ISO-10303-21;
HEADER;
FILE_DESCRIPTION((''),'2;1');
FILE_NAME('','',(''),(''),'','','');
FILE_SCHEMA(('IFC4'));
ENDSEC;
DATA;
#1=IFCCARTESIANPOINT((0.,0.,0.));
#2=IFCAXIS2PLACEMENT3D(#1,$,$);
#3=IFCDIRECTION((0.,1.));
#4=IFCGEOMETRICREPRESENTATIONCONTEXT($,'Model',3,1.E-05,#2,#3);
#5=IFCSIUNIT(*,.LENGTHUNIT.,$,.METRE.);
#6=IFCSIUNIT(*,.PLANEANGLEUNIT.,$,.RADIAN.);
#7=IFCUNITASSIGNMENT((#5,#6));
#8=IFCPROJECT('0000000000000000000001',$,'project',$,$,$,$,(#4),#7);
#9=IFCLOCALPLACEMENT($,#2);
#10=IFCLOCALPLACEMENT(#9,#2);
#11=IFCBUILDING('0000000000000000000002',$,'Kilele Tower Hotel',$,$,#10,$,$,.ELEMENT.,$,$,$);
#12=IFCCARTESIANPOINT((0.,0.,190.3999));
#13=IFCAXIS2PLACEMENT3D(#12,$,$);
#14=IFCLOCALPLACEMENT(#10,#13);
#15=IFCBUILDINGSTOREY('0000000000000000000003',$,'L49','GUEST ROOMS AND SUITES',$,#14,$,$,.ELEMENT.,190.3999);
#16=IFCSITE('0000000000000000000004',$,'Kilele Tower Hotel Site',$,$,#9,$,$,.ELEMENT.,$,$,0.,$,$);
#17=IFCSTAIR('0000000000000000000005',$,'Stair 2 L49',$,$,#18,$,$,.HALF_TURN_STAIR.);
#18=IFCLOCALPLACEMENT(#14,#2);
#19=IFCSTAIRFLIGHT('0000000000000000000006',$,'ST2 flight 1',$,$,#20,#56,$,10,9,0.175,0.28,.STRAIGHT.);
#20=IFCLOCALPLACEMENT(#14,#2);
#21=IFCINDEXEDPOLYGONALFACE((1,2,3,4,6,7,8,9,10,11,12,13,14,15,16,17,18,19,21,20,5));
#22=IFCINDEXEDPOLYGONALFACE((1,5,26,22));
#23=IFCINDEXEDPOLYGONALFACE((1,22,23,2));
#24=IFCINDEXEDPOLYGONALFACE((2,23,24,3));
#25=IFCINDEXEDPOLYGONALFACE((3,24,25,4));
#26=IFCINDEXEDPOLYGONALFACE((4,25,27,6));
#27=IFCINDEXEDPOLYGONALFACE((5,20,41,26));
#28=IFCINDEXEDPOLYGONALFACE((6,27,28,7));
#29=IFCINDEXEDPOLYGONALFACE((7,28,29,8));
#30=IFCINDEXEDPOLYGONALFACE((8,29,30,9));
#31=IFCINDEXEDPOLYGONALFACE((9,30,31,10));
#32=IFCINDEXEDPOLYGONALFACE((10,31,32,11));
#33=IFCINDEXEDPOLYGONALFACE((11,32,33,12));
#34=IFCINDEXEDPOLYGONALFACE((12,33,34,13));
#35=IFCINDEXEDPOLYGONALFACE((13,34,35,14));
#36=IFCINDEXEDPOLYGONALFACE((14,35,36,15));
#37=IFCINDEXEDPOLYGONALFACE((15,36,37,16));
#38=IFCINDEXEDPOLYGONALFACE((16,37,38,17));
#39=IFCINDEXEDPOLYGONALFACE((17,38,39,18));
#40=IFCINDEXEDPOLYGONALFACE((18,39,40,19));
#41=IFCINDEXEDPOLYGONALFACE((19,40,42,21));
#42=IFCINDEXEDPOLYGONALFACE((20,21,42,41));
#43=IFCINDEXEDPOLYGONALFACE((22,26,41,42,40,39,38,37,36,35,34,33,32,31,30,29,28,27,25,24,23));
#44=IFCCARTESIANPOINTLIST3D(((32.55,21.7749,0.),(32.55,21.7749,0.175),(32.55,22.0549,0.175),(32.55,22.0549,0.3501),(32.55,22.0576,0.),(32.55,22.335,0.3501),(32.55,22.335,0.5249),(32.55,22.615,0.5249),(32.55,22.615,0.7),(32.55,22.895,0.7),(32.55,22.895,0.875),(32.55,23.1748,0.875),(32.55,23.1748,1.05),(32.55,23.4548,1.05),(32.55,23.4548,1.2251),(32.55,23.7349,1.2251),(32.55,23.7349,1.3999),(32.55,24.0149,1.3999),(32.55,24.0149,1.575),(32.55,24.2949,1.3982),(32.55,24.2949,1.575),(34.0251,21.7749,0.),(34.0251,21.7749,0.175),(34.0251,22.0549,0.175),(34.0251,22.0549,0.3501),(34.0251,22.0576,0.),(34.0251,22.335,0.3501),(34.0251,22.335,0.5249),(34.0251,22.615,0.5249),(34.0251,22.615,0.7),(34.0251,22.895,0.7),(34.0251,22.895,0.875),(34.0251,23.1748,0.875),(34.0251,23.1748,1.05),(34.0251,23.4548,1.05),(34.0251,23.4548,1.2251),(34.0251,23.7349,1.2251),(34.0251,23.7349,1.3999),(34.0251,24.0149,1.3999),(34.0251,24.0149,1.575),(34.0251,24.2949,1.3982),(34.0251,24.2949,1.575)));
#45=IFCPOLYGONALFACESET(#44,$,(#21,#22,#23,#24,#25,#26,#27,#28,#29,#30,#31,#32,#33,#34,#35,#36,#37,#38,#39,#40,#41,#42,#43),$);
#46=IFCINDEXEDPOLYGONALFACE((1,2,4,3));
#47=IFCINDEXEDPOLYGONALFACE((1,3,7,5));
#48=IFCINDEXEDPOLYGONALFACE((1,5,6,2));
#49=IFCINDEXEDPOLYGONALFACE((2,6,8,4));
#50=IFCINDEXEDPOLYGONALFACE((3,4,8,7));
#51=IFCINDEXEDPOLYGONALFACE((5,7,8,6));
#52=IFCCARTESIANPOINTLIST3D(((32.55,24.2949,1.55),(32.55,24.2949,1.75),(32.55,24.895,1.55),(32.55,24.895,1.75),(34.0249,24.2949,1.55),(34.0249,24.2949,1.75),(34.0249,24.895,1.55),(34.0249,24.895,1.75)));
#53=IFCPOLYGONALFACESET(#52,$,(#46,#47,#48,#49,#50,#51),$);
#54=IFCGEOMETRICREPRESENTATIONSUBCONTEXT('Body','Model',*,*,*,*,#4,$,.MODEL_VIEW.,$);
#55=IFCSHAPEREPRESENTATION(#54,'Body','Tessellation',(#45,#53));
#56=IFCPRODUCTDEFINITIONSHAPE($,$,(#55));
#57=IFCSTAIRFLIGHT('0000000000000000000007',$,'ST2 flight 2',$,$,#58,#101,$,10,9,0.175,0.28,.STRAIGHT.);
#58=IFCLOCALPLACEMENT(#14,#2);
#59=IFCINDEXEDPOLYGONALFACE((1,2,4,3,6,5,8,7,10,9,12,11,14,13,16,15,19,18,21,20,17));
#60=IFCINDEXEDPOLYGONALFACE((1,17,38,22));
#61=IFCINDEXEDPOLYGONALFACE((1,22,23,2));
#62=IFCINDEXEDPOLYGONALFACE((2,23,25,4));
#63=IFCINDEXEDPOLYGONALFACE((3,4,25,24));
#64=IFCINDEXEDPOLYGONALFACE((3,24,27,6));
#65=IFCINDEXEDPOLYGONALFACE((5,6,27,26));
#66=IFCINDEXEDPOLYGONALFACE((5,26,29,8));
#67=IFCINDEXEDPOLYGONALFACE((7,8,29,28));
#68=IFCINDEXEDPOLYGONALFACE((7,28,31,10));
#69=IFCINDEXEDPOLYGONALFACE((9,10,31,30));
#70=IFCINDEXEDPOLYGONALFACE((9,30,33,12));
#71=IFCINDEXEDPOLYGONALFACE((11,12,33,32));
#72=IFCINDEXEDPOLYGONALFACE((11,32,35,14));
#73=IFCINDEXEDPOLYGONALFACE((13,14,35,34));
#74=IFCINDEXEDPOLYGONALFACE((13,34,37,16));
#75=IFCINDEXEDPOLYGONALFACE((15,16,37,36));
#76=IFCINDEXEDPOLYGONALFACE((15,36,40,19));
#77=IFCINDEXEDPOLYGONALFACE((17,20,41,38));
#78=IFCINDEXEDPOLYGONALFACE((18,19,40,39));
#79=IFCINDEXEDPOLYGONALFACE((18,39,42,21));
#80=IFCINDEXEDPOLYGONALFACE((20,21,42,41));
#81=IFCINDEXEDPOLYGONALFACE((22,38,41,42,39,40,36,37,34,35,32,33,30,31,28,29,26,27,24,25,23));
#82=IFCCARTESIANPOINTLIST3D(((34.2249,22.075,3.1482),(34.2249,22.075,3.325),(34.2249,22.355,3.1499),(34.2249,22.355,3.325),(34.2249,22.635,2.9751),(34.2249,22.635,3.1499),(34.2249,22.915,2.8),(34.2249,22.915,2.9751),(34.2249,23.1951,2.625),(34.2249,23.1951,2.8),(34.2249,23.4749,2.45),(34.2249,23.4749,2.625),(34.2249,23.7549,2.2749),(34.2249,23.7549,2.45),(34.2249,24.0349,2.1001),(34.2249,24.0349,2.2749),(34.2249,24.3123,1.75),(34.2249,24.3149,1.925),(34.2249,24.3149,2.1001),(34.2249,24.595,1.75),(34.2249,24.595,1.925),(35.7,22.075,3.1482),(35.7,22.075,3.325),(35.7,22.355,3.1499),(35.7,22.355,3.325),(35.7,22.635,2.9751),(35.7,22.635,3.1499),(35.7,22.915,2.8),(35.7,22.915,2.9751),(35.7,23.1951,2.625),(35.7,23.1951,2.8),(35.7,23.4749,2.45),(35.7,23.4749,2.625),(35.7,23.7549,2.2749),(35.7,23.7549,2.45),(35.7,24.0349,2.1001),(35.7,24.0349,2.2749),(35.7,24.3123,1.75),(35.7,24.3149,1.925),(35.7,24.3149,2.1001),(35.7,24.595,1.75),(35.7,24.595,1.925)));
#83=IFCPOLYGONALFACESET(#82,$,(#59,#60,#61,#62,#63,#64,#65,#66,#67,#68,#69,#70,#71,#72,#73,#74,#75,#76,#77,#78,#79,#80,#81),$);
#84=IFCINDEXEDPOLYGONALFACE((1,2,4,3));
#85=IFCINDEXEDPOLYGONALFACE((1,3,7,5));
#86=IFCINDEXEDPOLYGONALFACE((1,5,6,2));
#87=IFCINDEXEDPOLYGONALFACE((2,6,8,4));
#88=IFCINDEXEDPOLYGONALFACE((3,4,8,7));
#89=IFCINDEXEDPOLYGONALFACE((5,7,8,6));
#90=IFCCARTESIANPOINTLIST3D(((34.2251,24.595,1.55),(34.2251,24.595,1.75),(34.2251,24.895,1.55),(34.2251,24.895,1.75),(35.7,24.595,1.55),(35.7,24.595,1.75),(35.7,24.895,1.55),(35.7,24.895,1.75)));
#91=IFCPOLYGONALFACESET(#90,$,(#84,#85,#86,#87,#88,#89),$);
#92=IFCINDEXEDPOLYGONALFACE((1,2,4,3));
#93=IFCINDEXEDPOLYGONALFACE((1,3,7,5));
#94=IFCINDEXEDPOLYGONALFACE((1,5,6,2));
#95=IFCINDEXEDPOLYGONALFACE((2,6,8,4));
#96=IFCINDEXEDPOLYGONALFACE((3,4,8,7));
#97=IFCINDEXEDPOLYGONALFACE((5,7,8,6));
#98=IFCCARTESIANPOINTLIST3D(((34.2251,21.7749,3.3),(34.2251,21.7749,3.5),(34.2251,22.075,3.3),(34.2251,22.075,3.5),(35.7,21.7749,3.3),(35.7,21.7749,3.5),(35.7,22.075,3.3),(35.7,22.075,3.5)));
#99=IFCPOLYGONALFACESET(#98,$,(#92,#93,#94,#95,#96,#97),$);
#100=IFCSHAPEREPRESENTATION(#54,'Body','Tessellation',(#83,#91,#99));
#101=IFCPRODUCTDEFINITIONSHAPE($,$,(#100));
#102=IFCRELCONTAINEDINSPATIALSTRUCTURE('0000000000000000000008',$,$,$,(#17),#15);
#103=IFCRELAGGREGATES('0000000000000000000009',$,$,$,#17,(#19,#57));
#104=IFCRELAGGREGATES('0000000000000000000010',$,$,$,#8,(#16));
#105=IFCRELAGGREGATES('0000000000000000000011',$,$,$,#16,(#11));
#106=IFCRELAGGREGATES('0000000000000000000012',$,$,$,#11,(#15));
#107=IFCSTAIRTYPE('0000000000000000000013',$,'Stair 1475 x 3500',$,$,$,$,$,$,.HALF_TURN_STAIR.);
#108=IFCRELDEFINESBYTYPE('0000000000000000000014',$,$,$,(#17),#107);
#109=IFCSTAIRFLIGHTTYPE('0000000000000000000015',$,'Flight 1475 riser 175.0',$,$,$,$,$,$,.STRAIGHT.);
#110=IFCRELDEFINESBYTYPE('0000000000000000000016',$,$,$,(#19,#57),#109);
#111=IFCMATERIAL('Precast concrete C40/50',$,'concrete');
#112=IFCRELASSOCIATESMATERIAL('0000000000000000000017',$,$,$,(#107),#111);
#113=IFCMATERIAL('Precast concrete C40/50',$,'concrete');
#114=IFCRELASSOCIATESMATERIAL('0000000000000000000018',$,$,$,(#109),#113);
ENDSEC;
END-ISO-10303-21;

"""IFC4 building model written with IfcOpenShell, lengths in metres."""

from ifc_helpers import new_model, si_unit, direction, frame, origin, place, context, subcontext, project, spatial, polyline, outline, extrude, material, type_object, element, aggregate, save


model = new_model("IFC4")

# Units and contexts
model_context = context("Model", 3, precision=1e-05, world=origin(), true_north=direction((0.0, 1.0)))
body_context = subcontext(model_context, "Body", "Model", "MODEL_VIEW")
ifc_project = project(units=[si_unit("LENGTHUNIT", "METRE"), si_unit("PLANEANGLEUNIT", "RADIAN")], contexts=[model_context])

# Site, building, storey
site_placement = place(None, origin())
site = spatial("IfcSite", under=ifc_project, at=site_placement, Name="Kilele Tower Hotel Site", CompositionType="ELEMENT", RefElevation=0.0)
building_placement = place(site_placement, origin())
building = spatial("IfcBuilding", under=site, at=building_placement, Name="Kilele Tower Hotel", CompositionType="ELEMENT")
storey_placement = place(building_placement, frame((0.0, 0.0, 190.3999)))
storey = spatial("IfcBuildingStorey", under=building, at=storey_placement, Name="L49", Description="GUEST ROOMS AND SUITES", CompositionType="ELEMENT", Elevation=190.3999)

# Stair, stair flights
ifc_material_1 = material(Name="Precast concrete C40/50", Category="concrete")
stair_type = type_object("IfcStairType", Name="Stair 1475 x 3500", PredefinedType="HALF_TURN_STAIR", material=ifc_material_1)
stair_placement = place(storey_placement, origin())
stair = element("IfcStair", 1, at=stair_placement, inside=storey, type_object=stair_type, Name="Stair 2 L49", PredefinedType="HALF_TURN_STAIR")
ifc_material_2 = material(Name="Precast concrete C40/50", Category="concrete")
stair_flight_type = type_object("IfcStairFlightType", Name="Flight 1475 riser 175.0", PredefinedType="STRAIGHT", material=ifc_material_2)
stair_flight_1_placement = place(storey_placement, frame((33.2876, 21.7749, 0.0), z_axis=(0.0, 0.0, 1.0), x_axis=(0.0, 1.0, 0.0)))
stair_flight_1 = element("IfcStairFlight", 2, at=stair_flight_1_placement, type_object=stair_flight_type, Name="ST2 flight 1", NumberOfRisers=10, NumberOfTreads=9, PredefinedType="STRAIGHT", RiserHeight=0.175, TreadLength=0.28, context=body_context, shape_type="SweptSolid", body=[
    extrude(outline(polyline([(0.0, 0.0), (0.0, 0.175), (0.28, 0.175), (0.28, 0.3501), (0.5601, 0.3501), (0.5601, 0.5249), (0.8401, 0.5249), (0.8401, 0.7), (1.1201, 0.7), (1.1201, 0.875), (1.3999, 0.875), (1.3999, 1.05), (1.6799, 1.05), (1.6799, 1.2251), (1.96, 1.2251), (1.96, 1.3999), (2.24, 1.3999), (2.24, 1.575), (2.52, 1.575), (2.52, 1.75), (2.52, 1.3982), (0.2827, 0.0), (0.0, 0.0)])), frame((0.0, 0.7375, 0.0), z_axis=(0.0, -1.0, 0.0), x_axis=(1.0, 0.0, 0.0)), (0.0, 0.0, 1.0), 1.4751),
    extrude(outline(polyline([(2.52, 0.7375), (2.52, -0.7373), (3.1201, -0.7373), (3.1201, 0.7375), (2.52, 0.7375)])), frame((0.0, 0.0, 1.55)), (0.0, 0.0, 1.0), 0.2),
])
stair_flight_2_placement = place(storey_placement, frame((34.9624, 24.595, 1.75), z_axis=(0.0, 0.0, 1.0), x_axis=(0.0, -1.0, 0.0)))
stair_flight_2 = element("IfcStairFlight", 3, at=stair_flight_2_placement, type_object=stair_flight_type, Name="ST2 flight 2", NumberOfRisers=10, NumberOfTreads=9, PredefinedType="STRAIGHT", RiserHeight=0.175, TreadLength=0.28, context=body_context, shape_type="SweptSolid", body=[
    extrude(outline(polyline([(0.0, 0.0), (0.0, 0.175), (0.28, 0.175), (0.28, 0.3501), (0.5601, 0.3501), (0.5601, 0.5249), (0.8401, 0.5249), (0.8401, 0.7), (1.1201, 0.7), (1.1201, 0.875), (1.3999, 0.875), (1.3999, 1.05), (1.6799, 1.05), (1.6799, 1.2251), (1.96, 1.2251), (1.96, 1.3999), (2.24, 1.3999), (2.24, 1.575), (2.52, 1.575), (2.52, 1.75), (2.52, 1.3982), (0.2827, 0.0), (0.0, 0.0)])), frame((0.0, 0.7375, 0.0), z_axis=(0.0, -1.0, 0.0), x_axis=(1.0, 0.0, 0.0)), (0.0, 0.0, 1.0), 1.4751),
    extrude(outline(polyline([(0.0, -0.7373), (0.0, 0.7375), (-0.3, 0.7375), (-0.3, -0.7373), (0.0, -0.7373)])), frame((0.0, 0.0, -0.2)), (0.0, 0.0, 1.0), 0.2),
    extrude(outline(polyline([(2.8201, -0.7373), (2.8201, 0.7375), (2.52, 0.7375), (2.52, -0.7373), (2.8201, -0.7373)])), frame((0.0, 0.0, 1.55)), (0.0, 0.0, 1.0), 0.2),
])
aggregate(stair, [stair_flight_1, stair_flight_2])

save(model, "model.ifc")
